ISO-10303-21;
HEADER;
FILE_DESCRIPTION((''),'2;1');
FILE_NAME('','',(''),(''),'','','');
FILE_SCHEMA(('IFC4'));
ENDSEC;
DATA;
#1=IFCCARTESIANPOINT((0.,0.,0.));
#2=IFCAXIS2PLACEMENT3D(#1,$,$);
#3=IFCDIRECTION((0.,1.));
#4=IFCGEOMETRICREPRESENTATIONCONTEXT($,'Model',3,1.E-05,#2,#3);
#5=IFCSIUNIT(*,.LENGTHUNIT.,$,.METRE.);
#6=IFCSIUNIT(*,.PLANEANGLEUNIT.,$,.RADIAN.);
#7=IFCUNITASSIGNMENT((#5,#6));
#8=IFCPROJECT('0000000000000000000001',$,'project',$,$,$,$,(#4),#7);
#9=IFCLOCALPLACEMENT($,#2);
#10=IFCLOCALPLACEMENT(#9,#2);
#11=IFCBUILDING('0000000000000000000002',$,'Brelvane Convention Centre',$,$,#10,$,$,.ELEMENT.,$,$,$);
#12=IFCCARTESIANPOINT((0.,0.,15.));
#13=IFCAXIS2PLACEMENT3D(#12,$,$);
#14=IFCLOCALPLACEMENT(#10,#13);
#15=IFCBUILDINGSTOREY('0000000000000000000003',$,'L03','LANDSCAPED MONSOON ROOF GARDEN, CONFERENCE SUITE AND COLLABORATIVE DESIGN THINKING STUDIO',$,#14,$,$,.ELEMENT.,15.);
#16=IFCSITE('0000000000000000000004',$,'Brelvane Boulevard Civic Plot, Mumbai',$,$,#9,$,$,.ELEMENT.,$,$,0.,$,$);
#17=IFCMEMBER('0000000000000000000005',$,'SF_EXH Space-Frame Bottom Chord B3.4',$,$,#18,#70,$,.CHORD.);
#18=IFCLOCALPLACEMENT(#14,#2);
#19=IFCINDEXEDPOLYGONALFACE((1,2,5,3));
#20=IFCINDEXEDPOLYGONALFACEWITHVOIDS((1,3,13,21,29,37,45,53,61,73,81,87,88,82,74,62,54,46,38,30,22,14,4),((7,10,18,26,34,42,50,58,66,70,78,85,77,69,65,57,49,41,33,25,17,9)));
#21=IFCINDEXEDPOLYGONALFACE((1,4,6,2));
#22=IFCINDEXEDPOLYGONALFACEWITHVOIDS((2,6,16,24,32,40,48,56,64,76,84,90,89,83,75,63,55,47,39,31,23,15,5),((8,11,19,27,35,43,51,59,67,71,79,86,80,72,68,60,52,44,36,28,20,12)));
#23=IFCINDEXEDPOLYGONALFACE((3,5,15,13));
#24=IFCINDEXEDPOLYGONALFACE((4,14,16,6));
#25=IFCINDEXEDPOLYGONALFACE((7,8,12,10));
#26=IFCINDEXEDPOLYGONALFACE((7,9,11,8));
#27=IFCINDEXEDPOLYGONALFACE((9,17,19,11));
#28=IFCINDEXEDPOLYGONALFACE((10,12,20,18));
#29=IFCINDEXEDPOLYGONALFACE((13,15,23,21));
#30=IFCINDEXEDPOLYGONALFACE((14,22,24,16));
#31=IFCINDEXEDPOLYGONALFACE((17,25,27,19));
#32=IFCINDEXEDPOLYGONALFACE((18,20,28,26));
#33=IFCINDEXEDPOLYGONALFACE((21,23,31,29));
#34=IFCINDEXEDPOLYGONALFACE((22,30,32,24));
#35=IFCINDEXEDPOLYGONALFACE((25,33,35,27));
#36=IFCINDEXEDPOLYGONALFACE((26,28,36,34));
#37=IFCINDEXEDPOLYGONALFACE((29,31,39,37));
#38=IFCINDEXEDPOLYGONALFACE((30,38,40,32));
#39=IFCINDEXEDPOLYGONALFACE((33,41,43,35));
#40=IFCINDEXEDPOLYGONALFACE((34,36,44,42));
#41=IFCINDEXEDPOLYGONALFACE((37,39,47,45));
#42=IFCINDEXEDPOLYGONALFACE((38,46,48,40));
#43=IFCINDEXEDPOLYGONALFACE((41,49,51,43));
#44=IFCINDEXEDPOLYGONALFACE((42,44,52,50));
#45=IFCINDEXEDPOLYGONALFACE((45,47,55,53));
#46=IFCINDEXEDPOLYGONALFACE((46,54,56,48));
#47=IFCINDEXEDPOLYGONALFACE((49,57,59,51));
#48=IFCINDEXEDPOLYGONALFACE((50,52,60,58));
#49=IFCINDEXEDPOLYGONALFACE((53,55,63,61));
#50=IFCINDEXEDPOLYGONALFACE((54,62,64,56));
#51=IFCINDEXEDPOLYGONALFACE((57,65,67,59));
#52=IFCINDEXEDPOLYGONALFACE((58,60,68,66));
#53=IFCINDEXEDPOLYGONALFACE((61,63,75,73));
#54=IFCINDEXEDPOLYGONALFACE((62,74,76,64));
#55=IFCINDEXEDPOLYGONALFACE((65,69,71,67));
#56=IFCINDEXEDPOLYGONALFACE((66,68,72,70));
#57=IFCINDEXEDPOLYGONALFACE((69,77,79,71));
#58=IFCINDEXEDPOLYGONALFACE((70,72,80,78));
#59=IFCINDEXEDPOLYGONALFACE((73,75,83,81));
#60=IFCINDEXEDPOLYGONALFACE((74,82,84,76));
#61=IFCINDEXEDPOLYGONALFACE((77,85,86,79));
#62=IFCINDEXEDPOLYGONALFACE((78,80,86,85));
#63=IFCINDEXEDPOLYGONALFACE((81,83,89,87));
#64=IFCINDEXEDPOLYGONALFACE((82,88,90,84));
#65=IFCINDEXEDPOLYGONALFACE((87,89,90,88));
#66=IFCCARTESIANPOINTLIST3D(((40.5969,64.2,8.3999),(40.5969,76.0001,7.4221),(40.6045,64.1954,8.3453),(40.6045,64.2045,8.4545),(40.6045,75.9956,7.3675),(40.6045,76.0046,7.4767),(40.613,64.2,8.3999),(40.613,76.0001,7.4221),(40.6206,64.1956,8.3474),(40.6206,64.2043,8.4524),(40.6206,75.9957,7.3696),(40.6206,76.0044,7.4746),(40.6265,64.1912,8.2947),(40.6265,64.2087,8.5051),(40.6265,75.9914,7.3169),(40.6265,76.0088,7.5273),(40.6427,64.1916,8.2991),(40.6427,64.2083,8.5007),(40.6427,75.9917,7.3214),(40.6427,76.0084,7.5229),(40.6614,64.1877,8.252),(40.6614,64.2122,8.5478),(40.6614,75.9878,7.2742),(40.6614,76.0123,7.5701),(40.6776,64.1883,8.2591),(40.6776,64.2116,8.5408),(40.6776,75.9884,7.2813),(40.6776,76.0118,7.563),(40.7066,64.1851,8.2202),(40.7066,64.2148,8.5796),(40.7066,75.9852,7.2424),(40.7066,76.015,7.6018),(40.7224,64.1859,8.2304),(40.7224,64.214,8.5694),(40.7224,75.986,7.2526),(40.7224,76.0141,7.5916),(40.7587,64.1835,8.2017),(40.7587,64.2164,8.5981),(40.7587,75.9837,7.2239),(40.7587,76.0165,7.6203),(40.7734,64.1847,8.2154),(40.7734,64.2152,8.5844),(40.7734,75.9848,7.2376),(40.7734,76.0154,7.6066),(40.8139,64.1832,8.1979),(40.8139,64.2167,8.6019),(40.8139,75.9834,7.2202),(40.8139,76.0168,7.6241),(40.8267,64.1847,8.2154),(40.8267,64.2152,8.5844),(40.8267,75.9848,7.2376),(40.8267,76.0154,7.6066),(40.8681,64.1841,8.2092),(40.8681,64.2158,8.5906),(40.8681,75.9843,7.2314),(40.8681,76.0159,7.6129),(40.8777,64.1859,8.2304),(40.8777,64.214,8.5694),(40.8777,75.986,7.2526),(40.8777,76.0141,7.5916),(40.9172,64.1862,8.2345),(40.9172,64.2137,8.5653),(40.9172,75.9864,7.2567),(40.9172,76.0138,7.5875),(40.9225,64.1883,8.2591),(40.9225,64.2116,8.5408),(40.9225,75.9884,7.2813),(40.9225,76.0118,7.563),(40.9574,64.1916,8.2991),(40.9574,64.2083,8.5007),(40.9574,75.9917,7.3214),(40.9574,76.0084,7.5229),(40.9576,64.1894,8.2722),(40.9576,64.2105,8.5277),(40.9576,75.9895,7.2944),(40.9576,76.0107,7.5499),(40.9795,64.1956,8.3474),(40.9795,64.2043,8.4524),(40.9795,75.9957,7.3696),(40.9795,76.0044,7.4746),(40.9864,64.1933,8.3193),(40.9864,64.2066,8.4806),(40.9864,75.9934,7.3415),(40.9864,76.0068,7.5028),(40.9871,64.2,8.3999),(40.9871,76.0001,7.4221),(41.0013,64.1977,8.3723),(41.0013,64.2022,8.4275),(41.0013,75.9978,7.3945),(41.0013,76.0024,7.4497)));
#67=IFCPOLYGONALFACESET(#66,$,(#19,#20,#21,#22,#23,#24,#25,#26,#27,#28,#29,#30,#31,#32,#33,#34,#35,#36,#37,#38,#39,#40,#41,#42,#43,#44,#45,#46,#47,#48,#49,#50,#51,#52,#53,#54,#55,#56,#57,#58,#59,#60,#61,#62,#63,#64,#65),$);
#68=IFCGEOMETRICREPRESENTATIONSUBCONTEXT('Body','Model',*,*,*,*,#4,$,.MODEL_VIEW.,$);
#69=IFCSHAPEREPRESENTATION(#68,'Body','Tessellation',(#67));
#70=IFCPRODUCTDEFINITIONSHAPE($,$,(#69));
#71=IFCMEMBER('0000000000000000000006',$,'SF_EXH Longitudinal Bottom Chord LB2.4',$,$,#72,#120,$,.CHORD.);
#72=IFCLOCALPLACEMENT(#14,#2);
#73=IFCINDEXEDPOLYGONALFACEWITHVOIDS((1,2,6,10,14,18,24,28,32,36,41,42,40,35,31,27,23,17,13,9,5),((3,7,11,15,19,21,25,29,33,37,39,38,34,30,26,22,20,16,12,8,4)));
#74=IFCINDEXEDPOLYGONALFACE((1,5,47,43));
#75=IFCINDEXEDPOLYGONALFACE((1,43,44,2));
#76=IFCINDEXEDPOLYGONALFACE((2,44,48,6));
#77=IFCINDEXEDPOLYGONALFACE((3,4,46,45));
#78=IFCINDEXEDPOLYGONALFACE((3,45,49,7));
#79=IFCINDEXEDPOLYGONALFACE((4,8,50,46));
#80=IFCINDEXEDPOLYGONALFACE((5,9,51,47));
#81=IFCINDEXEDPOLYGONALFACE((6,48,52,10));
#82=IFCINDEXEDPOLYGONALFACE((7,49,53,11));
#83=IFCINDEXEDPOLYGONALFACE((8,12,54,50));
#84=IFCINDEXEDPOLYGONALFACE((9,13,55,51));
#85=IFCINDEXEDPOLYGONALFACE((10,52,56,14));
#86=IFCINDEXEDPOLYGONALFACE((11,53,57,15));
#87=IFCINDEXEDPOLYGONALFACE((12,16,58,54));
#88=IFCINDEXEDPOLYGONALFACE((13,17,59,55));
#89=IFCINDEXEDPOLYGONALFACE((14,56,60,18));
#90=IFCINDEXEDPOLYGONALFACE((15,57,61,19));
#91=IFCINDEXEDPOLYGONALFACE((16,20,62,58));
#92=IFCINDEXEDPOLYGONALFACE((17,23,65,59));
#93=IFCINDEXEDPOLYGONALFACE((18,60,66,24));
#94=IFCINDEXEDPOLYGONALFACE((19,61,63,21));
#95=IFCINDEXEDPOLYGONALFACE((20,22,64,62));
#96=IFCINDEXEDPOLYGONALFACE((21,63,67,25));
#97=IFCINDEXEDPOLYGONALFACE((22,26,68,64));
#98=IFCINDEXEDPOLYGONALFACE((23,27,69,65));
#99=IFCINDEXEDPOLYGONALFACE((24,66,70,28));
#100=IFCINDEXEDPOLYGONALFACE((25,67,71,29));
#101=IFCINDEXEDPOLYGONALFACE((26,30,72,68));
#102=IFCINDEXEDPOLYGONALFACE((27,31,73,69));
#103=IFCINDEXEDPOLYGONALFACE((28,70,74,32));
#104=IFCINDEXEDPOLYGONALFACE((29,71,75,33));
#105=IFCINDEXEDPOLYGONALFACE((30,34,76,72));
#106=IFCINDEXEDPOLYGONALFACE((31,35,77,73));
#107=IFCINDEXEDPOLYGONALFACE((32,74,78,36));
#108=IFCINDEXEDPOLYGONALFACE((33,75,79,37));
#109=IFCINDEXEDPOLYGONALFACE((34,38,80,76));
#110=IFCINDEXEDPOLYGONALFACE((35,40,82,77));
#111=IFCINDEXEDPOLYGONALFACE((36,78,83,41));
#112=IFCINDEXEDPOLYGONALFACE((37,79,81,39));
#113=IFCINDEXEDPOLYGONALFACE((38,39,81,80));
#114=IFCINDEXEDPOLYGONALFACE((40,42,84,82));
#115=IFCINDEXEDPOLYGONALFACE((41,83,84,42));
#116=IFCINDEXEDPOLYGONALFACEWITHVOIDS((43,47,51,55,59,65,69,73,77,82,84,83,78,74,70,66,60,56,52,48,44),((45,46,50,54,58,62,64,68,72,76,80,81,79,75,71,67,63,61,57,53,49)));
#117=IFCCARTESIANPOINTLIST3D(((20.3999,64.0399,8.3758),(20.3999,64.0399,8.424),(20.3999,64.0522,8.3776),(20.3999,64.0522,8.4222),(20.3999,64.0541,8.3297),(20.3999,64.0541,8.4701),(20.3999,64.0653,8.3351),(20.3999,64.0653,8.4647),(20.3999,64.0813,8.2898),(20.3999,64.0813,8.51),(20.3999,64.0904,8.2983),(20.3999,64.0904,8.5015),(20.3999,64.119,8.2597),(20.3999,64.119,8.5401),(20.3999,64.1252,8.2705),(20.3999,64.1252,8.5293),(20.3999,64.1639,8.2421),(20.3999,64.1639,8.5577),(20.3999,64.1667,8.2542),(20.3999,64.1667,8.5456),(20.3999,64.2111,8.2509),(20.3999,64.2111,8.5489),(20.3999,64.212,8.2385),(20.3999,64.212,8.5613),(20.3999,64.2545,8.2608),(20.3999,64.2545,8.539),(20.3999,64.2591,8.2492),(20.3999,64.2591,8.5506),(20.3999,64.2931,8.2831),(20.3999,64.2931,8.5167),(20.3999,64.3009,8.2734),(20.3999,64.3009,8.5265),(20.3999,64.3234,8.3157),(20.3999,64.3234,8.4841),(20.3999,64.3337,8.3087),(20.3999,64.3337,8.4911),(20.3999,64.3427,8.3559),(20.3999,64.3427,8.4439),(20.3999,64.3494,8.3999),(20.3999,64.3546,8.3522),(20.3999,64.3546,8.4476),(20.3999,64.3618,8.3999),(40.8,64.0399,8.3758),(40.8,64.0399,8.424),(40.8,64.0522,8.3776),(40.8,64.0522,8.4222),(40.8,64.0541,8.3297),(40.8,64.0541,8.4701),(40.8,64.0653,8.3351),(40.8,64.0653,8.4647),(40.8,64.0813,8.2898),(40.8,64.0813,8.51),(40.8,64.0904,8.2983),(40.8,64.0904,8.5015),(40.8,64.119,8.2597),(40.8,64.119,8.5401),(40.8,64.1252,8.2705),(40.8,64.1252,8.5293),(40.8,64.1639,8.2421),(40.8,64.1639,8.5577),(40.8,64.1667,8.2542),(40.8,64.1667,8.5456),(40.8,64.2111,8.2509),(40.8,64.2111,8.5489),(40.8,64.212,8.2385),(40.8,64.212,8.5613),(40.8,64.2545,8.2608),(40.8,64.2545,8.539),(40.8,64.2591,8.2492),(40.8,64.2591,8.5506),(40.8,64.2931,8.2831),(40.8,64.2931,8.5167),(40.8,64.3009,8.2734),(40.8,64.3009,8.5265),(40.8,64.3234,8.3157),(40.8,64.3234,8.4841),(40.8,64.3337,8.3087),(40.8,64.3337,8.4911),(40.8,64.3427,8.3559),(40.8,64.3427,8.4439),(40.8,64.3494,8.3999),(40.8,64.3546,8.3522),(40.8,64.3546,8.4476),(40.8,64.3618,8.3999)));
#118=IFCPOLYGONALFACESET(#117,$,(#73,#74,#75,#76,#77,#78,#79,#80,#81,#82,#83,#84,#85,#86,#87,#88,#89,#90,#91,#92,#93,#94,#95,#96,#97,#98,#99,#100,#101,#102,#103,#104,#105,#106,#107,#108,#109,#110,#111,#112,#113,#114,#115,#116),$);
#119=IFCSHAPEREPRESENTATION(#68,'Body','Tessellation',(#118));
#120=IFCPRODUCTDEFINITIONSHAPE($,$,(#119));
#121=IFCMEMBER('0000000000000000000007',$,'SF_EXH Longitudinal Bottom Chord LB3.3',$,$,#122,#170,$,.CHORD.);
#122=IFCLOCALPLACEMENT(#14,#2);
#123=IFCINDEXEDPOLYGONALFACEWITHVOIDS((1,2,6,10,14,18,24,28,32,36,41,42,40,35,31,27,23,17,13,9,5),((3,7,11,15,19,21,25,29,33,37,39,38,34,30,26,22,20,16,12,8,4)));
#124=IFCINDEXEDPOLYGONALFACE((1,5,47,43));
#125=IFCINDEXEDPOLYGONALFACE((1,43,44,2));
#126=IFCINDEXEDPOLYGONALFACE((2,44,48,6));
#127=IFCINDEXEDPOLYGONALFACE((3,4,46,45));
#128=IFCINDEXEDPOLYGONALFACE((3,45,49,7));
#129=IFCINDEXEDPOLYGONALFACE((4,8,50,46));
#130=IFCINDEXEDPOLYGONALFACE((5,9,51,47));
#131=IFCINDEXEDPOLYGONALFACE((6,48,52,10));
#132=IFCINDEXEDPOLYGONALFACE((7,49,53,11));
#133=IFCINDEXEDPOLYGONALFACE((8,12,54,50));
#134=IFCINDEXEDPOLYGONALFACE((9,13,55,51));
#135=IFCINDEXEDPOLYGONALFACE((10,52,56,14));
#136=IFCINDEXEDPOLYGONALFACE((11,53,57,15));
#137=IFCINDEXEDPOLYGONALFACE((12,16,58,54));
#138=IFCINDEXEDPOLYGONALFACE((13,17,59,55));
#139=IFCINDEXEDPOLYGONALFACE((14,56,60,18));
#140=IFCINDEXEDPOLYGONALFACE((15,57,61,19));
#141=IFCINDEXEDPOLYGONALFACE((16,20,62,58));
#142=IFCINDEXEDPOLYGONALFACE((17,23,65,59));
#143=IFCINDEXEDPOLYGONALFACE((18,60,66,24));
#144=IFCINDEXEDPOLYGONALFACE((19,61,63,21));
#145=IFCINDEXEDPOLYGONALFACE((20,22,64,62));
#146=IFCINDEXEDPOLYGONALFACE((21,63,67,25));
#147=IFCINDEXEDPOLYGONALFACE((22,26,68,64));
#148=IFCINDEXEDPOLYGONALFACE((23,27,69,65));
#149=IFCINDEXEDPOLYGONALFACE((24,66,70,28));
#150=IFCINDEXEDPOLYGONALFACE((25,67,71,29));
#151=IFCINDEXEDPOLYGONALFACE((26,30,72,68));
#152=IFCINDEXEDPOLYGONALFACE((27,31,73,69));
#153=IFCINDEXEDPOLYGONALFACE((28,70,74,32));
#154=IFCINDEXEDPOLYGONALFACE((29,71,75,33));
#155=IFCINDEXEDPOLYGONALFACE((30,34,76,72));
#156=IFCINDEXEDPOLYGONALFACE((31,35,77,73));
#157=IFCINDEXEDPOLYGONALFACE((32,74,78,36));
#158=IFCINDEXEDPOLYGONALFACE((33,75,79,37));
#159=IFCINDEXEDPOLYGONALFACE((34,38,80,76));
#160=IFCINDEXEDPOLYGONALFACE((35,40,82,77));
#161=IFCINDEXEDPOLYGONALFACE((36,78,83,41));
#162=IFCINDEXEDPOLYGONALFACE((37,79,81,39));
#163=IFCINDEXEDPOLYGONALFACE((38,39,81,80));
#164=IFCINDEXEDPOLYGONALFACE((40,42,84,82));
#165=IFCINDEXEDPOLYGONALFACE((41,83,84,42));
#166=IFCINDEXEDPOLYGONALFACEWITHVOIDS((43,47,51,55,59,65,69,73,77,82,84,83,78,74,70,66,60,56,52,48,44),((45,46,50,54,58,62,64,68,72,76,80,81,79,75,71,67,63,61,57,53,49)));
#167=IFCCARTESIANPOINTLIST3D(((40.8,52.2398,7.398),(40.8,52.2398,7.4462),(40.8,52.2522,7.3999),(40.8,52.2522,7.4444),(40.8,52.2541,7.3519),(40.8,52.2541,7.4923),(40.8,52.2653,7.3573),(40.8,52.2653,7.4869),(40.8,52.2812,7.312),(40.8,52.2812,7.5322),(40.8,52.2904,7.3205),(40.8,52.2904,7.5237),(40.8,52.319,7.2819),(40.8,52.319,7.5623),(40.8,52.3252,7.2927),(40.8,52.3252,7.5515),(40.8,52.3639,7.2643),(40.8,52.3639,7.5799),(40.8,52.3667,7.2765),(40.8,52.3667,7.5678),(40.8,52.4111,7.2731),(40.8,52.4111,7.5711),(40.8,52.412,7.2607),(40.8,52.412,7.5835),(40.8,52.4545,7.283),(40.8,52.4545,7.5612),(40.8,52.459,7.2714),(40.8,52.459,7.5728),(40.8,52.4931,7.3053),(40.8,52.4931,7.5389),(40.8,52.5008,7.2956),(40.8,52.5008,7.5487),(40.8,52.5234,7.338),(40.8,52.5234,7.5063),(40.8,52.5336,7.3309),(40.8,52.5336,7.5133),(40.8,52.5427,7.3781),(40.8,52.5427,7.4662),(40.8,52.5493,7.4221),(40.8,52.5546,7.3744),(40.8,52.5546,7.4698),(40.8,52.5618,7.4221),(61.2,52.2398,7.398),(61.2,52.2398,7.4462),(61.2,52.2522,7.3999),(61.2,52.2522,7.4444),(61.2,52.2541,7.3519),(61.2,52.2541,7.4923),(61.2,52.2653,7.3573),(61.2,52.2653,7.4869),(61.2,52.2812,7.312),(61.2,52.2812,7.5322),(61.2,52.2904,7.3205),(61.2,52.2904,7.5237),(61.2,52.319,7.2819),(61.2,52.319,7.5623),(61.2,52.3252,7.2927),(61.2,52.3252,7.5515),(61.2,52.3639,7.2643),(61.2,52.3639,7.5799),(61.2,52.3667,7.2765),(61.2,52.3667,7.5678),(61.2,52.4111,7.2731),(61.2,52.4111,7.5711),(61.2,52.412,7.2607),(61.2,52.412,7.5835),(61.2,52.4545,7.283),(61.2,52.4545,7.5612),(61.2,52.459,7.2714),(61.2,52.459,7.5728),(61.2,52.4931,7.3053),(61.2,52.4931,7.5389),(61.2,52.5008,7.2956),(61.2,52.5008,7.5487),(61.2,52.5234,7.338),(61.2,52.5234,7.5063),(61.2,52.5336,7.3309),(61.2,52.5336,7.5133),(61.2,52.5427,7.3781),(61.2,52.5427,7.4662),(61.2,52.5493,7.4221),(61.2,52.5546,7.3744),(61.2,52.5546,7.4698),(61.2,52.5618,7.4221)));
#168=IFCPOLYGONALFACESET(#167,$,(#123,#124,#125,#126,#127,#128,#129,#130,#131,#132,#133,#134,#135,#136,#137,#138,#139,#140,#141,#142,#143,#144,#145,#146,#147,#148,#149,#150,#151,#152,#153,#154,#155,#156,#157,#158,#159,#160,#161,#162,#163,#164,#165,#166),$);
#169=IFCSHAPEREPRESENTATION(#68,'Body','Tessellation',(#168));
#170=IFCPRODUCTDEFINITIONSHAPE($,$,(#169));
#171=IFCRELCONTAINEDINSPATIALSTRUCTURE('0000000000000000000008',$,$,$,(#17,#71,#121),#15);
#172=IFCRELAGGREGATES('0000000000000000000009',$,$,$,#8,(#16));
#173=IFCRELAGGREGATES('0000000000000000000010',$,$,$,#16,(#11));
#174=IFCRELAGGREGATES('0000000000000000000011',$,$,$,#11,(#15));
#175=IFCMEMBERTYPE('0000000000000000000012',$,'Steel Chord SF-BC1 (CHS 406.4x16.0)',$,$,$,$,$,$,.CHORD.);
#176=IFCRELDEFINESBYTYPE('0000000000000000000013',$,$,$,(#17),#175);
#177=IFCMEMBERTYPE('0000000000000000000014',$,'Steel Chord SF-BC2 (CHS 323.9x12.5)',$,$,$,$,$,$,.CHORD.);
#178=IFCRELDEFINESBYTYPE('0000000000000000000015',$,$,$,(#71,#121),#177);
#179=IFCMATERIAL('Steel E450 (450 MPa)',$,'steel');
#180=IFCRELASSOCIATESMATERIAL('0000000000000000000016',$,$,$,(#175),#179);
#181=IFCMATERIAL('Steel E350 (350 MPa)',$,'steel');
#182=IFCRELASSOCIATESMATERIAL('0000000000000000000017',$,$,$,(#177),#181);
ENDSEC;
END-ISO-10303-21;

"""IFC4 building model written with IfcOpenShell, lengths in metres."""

from ifc_helpers import new_model, si_unit, direction, frame, origin, origin_2d, place, context, subcontext, project, spatial, hollow_circle, extrude, material, material_profile, profile_set, type_object, element, save


model = new_model("IFC4")

# Units and contexts
model_context = context("Model", 3, precision=1e-05, world=origin(), true_north=direction((0.0, 1.0)))
body_context = subcontext(model_context, "Body", "Model", "MODEL_VIEW")
ifc_project = project(units=[si_unit("LENGTHUNIT", "METRE"), si_unit("PLANEANGLEUNIT", "RADIAN")], contexts=[model_context])

# Site, building, storey
site_placement = place(None, origin())
site = spatial("IfcSite", under=ifc_project, at=site_placement, Name="Brelvane Boulevard Civic Plot, Mumbai", CompositionType="ELEMENT", RefElevation=0.0)
building_placement = place(site_placement, origin())
building = spatial("IfcBuilding", under=site, at=building_placement, Name="Brelvane Convention Centre", CompositionType="ELEMENT")
storey_placement = place(building_placement, frame((0.0, 0.0, 15.0)))
storey = spatial("IfcBuildingStorey", under=building, at=storey_placement, Name="L03", Description="LANDSCAPED MONSOON ROOF GARDEN, CONFERENCE SUITE AND COLLABORATIVE DESIGN THINKING STUDIO", CompositionType="ELEMENT", Elevation=15.0)

# Members
ifc_material_1 = material(Name="Steel E450 (450 MPa)", Category="steel")
ifc_material_profile_1 = material_profile(ifc_material_1, hollow_circle(Radius=0.2031, WallThickness=0.0161, at=origin_2d()), Name="CHS 406.4x16.0")
ifc_profile_set_1 = profile_set([ifc_material_profile_1], Name="Steel E450 (450 MPa)")
member_type_1 = type_object("IfcMemberType", Name="Steel Chord SF-BC1 (CHS 406.4x16.0)", PredefinedType="CHORD", material=ifc_profile_set_1)
for number, where, z_axis, x_axis, name in (
    (1, (40.8, 64.2, 8.3999), (0.0, 0.996584, -0.08258), (-1.0, 0.0, 0.0), "SF_EXH Space-Frame Bottom Chord B3.4"),
):
    element("IfcMember", number, at=place(storey_placement, frame(where, z_axis=z_axis, x_axis=x_axis)), inside=storey, type_object=member_type_1, Name=name, PredefinedType="CHORD", context=body_context, shape_type="SweptSolid", body=[
        extrude(hollow_circle(Radius=0.2031, WallThickness=0.0161, at=origin_2d()), origin(), (0.0, 0.0, 1.0), 11.8406),
    ])
ifc_material_2 = material(Name="Steel E350 (350 MPa)", Category="steel")
ifc_material_profile_2 = material_profile(ifc_material_2, hollow_circle(Radius=0.1619, WallThickness=0.0125, at=origin_2d()), Name="CHS 323.9x12.5")
ifc_profile_set_2 = profile_set([ifc_material_profile_2], Name="Steel E350 (350 MPa)")
member_type_2 = type_object("IfcMemberType", Name="Steel Chord SF-BC2 (CHS 323.9x12.5)", PredefinedType="CHORD", material=ifc_profile_set_2)
member_1_placement = place(storey_placement, frame((20.3999, 64.2, 8.3999), z_axis=(1.0, 0.0, 0.0), x_axis=(0.0, 1.0, 0.0)))
element("IfcMember", 2, at=member_1_placement, inside=storey, type_object=member_type_2, Name="SF_EXH Longitudinal Bottom Chord LB2.4", PredefinedType="CHORD", context=body_context, shape_type="SweptSolid", body=[
    extrude(hollow_circle(Radius=0.1619, WallThickness=0.0125, at=origin_2d()), origin(), (0.0, 0.0, 1.0), 20.4001),
])
for number, where, z_axis, x_axis, name in (
    (3, (40.8, 52.3999, 7.4221), (1.0, 0.0, 0.0), (0.0, 1.0, 0.0), "SF_EXH Longitudinal Bottom Chord LB3.3"),
):
    element("IfcMember", number, at=place(storey_placement, frame(where, z_axis=z_axis, x_axis=x_axis)), inside=storey, type_object=member_type_2, Name=name, PredefinedType="CHORD", context=body_context, shape_type="SweptSolid", body=[
        extrude(hollow_circle(Radius=0.1619, WallThickness=0.0125, at=origin_2d()), origin(), (0.0, 0.0, 1.0), 20.3999),
    ])

save(model, "model.ifc")
